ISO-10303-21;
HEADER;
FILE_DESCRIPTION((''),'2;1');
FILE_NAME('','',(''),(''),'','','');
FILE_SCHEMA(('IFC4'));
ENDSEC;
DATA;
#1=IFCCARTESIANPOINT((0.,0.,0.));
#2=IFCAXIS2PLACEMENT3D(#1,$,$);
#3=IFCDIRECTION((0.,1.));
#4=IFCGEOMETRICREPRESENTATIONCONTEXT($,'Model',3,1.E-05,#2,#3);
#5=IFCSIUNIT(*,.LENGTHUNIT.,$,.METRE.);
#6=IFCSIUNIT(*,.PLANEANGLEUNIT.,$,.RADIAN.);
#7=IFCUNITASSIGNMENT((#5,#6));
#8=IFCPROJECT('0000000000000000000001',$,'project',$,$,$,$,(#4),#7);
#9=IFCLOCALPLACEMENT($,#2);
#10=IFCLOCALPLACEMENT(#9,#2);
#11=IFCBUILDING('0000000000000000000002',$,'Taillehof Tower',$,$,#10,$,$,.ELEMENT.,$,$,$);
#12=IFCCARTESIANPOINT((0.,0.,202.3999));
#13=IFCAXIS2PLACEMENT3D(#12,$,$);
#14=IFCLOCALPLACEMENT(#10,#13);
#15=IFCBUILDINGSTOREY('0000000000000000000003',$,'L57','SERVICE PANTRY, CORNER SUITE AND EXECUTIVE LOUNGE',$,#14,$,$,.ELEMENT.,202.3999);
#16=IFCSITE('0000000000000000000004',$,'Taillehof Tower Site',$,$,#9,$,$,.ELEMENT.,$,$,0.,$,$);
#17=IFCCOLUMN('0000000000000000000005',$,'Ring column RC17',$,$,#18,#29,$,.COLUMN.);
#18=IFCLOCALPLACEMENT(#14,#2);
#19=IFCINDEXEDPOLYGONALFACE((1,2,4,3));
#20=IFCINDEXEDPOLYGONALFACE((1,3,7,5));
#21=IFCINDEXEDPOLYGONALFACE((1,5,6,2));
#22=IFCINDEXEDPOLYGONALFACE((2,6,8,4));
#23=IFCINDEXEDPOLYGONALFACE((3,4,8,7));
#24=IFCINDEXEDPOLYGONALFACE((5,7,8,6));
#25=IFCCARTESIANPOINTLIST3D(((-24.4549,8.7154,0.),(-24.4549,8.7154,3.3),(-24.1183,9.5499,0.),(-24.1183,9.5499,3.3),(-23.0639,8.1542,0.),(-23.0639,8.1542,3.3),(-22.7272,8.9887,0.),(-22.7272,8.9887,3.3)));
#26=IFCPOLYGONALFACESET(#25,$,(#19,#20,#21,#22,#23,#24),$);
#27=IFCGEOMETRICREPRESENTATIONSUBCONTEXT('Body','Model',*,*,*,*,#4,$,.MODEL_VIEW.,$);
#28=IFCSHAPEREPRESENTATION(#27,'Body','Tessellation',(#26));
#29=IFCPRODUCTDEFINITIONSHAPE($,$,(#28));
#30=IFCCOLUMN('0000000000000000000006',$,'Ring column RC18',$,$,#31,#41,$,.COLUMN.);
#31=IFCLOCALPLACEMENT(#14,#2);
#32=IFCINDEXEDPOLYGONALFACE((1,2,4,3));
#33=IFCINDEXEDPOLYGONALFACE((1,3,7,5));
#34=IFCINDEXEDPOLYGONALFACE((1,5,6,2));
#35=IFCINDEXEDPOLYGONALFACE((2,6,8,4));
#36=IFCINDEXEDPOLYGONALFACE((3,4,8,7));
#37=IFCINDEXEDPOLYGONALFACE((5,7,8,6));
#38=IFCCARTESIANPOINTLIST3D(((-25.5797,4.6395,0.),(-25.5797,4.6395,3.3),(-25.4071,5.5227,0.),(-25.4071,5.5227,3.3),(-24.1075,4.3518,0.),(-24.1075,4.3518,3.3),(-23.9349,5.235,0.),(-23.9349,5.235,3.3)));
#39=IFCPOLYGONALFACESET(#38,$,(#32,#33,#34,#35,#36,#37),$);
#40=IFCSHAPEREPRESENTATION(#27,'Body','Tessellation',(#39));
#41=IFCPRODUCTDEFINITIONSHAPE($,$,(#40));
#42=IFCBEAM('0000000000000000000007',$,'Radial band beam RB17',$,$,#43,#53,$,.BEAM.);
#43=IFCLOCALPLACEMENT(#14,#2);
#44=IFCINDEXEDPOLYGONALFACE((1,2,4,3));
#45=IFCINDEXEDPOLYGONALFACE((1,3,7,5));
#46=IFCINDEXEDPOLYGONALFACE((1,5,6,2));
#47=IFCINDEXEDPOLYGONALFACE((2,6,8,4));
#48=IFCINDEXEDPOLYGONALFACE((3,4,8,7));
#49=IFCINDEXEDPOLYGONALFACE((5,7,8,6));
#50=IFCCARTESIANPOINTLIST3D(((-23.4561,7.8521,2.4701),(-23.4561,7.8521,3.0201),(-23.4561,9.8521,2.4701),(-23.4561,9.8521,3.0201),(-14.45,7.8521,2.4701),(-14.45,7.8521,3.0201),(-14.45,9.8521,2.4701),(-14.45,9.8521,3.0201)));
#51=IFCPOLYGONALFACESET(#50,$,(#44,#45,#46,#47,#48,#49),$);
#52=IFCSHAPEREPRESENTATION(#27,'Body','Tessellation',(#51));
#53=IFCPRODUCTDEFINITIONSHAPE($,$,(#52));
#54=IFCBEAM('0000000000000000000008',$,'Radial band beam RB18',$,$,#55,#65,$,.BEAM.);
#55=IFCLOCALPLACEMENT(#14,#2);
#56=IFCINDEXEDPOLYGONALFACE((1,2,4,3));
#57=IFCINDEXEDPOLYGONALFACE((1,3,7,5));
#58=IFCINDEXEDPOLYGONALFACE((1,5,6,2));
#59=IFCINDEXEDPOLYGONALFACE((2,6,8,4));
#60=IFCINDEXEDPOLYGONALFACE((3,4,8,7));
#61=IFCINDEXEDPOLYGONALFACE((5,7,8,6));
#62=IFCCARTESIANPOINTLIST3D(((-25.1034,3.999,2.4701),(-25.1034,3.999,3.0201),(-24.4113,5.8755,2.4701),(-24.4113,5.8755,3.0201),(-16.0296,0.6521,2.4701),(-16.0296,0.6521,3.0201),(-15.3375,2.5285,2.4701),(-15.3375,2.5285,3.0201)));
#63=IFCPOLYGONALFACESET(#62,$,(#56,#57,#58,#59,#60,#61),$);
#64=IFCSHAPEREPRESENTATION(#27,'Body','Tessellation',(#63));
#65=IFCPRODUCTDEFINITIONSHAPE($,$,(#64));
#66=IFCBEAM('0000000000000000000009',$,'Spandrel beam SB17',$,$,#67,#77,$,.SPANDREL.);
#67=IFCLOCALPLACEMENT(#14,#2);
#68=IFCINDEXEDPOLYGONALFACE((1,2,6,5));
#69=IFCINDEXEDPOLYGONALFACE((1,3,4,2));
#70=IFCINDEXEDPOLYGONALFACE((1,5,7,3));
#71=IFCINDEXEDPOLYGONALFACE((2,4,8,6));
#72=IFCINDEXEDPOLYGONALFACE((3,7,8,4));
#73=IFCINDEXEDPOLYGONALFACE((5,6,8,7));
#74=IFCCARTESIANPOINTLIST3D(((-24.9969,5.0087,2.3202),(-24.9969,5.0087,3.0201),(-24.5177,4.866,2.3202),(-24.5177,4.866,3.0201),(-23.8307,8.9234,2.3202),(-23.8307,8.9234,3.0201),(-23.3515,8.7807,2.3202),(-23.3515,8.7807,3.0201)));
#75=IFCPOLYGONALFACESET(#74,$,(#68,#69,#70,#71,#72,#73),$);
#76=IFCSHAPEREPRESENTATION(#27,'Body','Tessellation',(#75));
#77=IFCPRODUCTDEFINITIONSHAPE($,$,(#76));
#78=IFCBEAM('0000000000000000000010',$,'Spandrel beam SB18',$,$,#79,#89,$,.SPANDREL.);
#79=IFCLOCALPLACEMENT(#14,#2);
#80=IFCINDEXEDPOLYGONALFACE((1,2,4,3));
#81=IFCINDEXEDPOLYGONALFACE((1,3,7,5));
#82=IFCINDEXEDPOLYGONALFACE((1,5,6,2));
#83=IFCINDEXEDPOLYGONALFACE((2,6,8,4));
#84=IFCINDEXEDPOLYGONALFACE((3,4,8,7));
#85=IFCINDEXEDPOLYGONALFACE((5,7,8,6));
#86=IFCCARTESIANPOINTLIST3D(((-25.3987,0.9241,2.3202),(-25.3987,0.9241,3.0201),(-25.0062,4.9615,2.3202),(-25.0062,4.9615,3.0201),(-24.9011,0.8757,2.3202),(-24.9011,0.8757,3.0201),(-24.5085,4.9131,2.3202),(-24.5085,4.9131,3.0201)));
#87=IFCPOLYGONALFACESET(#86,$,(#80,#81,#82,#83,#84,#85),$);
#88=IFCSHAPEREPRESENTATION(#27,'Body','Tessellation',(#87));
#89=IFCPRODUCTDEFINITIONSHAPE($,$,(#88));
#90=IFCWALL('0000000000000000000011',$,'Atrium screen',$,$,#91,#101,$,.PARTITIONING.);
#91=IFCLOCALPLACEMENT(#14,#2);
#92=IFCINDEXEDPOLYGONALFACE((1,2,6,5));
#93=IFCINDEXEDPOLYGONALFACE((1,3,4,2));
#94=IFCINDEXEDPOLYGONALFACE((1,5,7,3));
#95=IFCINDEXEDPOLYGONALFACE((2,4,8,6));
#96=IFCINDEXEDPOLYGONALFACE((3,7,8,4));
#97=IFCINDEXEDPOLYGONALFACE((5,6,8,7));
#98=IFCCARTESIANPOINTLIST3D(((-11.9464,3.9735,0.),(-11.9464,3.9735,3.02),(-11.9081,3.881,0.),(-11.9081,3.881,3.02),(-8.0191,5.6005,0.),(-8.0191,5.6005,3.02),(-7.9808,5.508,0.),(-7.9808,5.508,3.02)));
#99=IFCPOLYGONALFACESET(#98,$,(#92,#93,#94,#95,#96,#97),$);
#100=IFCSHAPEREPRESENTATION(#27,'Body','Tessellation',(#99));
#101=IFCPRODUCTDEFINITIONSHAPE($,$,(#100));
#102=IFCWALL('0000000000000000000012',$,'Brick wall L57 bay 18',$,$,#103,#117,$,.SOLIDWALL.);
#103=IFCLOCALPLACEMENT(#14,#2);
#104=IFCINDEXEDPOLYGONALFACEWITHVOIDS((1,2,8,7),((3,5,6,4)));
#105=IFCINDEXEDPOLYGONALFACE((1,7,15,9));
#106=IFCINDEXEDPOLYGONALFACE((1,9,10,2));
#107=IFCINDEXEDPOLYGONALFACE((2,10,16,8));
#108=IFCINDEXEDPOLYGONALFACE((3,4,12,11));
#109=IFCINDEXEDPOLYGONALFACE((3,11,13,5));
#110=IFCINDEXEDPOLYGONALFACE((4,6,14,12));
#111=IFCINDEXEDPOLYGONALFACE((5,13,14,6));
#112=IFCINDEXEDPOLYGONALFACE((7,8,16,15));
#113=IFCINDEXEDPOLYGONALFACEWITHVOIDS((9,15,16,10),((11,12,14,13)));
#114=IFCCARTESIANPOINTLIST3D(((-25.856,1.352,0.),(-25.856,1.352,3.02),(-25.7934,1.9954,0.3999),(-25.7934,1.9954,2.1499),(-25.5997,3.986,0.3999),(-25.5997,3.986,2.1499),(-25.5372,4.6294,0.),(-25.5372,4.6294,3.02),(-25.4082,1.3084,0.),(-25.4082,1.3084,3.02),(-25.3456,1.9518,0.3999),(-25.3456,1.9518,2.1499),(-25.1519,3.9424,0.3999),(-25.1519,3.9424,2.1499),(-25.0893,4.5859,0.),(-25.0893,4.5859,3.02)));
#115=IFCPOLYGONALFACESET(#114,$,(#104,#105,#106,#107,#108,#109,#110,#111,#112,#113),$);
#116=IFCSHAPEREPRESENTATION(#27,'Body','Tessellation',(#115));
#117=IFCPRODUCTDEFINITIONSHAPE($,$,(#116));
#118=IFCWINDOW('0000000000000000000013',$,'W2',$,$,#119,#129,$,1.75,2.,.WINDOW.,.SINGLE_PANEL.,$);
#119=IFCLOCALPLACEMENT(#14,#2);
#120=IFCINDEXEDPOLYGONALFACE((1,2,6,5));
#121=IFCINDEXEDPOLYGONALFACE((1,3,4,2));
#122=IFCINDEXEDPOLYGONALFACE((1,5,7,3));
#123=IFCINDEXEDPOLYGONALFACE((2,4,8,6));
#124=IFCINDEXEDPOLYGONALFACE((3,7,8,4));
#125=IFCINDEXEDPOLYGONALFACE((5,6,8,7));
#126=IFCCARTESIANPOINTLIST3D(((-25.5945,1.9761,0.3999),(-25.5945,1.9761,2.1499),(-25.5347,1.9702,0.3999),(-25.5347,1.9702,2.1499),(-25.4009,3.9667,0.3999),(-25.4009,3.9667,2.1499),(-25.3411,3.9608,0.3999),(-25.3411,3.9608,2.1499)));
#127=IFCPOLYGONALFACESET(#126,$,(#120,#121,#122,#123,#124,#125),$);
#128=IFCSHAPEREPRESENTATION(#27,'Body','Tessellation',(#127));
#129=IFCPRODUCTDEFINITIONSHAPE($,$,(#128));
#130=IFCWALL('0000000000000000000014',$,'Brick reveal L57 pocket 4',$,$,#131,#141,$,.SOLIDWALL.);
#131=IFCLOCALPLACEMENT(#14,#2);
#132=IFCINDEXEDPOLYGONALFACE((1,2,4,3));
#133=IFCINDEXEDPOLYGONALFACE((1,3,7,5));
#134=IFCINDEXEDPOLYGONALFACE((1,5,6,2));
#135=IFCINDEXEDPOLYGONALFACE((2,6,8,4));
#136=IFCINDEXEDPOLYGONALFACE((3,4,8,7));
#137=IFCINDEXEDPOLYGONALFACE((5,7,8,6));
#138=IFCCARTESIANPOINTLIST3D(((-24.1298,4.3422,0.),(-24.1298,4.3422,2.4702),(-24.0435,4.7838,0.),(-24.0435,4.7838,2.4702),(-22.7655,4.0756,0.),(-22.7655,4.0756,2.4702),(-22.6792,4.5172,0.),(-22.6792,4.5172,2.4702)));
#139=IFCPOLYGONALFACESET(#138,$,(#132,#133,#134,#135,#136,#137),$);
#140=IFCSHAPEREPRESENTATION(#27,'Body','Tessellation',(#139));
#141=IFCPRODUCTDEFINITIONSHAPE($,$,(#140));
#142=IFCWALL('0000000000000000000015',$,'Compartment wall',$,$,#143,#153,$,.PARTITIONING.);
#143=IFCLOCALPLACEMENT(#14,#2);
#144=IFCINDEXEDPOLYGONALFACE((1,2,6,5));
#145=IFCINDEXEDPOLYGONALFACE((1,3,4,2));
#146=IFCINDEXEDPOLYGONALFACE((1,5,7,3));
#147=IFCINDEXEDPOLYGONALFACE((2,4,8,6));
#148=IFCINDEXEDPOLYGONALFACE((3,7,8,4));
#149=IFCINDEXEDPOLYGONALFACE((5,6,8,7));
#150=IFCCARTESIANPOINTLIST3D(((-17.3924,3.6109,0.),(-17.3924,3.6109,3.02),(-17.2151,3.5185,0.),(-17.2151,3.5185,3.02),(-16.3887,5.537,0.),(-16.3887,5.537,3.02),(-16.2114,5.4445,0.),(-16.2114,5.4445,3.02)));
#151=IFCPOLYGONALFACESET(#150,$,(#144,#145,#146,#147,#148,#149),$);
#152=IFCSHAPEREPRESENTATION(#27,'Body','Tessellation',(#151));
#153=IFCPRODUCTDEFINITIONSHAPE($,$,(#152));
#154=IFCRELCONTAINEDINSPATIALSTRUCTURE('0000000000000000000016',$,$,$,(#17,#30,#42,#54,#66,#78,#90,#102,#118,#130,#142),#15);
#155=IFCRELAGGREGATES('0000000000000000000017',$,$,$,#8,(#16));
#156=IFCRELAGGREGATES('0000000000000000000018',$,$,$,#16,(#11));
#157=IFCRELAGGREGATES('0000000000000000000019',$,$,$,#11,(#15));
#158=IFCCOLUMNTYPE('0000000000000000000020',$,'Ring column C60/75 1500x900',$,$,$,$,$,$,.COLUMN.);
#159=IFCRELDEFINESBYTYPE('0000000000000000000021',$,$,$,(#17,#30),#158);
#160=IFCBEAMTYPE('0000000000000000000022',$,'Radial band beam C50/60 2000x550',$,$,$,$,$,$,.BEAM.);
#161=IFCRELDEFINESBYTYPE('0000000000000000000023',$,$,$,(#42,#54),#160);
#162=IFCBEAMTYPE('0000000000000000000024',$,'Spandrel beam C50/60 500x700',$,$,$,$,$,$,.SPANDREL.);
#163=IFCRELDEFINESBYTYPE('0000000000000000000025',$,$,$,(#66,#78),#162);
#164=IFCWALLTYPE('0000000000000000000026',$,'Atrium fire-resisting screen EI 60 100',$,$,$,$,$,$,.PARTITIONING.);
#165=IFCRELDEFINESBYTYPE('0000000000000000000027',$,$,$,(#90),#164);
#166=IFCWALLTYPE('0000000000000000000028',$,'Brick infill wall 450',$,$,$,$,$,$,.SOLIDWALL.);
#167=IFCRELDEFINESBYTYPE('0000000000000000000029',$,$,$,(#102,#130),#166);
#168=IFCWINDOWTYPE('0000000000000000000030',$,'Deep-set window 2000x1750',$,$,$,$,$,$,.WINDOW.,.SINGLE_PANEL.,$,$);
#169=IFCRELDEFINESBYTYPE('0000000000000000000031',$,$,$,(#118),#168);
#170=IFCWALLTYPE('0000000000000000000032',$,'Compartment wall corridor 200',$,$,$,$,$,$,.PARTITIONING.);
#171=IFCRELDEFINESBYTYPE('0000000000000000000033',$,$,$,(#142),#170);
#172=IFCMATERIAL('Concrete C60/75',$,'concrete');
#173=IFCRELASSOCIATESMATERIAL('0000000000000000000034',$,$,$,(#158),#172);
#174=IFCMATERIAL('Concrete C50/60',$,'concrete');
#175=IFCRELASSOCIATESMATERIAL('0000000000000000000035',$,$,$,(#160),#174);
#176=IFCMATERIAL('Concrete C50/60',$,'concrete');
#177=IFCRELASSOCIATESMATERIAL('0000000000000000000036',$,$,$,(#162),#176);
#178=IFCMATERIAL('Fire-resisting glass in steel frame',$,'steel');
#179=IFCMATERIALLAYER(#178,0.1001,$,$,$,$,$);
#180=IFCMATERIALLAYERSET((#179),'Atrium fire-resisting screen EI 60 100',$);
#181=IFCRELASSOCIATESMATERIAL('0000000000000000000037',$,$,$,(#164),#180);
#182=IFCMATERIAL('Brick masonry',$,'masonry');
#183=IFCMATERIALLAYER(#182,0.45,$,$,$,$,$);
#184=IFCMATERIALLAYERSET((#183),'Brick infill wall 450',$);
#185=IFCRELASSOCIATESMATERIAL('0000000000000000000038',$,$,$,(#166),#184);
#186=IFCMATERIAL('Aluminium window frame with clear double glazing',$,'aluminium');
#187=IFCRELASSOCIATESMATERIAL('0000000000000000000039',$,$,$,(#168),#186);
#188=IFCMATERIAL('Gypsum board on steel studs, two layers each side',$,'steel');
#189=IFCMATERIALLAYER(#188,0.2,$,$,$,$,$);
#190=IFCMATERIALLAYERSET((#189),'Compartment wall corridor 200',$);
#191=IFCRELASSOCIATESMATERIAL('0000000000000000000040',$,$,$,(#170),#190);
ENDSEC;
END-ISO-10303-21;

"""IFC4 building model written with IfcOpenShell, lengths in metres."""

from ifc_helpers import new_model, si_unit, direction, frame, frame_2d, origin, origin_2d, place, context, subcontext, project, spatial, rectangle, extrude, material, layer, layer_set, material_profile, profile_set, type_object, element, fill, save


model = new_model("IFC4")

# Units and contexts
model_context = context("Model", 3, precision=1e-05, world=origin(), true_north=direction((0.0, 1.0)))
body_context = subcontext(model_context, "Body", "Model", "MODEL_VIEW")
ifc_project = project(units=[si_unit("LENGTHUNIT", "METRE"), si_unit("PLANEANGLEUNIT", "RADIAN")], contexts=[model_context])

# Site, building, storey
site_placement = place(None, origin())
site = spatial("IfcSite", under=ifc_project, at=site_placement, Name="Taillehof Tower Site", CompositionType="ELEMENT", RefElevation=0.0)
building_placement = place(site_placement, origin())
building = spatial("IfcBuilding", under=site, at=building_placement, Name="Taillehof Tower", CompositionType="ELEMENT")
storey_placement = place(building_placement, frame((0.0, 0.0, 202.3999)))
storey = spatial("IfcBuildingStorey", under=building, at=storey_placement, Name="L57", Description="SERVICE PANTRY, CORNER SUITE AND EXECUTIVE LOUNGE", CompositionType="ELEMENT", Elevation=202.3999)

# Columns
ifc_material_1 = material(Name="Concrete C60/75", Category="concrete")
ifc_material_profile_1 = material_profile(ifc_material_1, rectangle(XDim=1.5, YDim=0.8999, at=origin_2d()), Name="RC 1500x900")
ifc_profile_set_1 = profile_set([ifc_material_profile_1], Name="Concrete C60/75")
column_type = type_object("IfcColumnType", Name="Ring column C60/75 1500x900", PredefinedType="COLUMN", material=ifc_profile_set_1)
for number, where, z_axis, x_axis, name in (
    (1, (-23.5911, 8.8521, 0.0), (0.0, 0.0, 1.0), (-0.927385, 0.374108, 0.0), "Ring column RC17"),
    (2, (-24.7573, 4.9373, 0.0), (0.0, 0.0, 1.0), (-0.981434, 0.191801, 0.0), "Ring column RC18"),
):
    element("IfcColumn", number, at=place(storey_placement, frame(where, z_axis=z_axis, x_axis=x_axis)), inside=storey, type_object=column_type, Name=name, PredefinedType="COLUMN", context=body_context, shape_type="SweptSolid", body=[
        extrude(rectangle(XDim=1.5, YDim=0.8999, at=origin_2d()), origin(), (0.0, 0.0, 1.0), 3.3),
    ])

# Beams
ifc_material_2 = material(Name="Concrete C50/60", Category="concrete")
ifc_material_profile_2 = material_profile(ifc_material_2, rectangle(XDim=2.0, YDim=0.55, at=origin_2d()), Name="RC 2000x550")
ifc_profile_set_2 = profile_set([ifc_material_profile_2], Name="Concrete C50/60")
beam_type_1 = type_object("IfcBeamType", Name="Radial band beam C50/60 2000x550", PredefinedType="BEAM", material=ifc_profile_set_2)
beam_1_placement = place(storey_placement, frame((-23.4561, 8.8521, 2.7451), z_axis=(1.0, 0.0, 0.0), x_axis=(0.0, 1.0, 0.0)))
element("IfcBeam", 3, at=beam_1_placement, inside=storey, type_object=beam_type_1, Name="Radial band beam RB17", PredefinedType="BEAM", context=body_context, shape_type="SweptSolid", body=[
    extrude(rectangle(XDim=2.0, YDim=0.55, at=origin_2d()), origin(), (0.0, 0.0, 1.0), 9.0061),
])
beam_2_placement = place(storey_placement, frame((-24.7573, 4.9373, 2.7451), z_axis=(0.93821, -0.346067, 0.0), x_axis=(0.346067, 0.93821, 0.0)))
element("IfcBeam", 4, at=beam_2_placement, inside=storey, type_object=beam_type_1, Name="Radial band beam RB18", PredefinedType="BEAM", context=body_context, shape_type="SweptSolid", body=[
    extrude(rectangle(XDim=2.0, YDim=0.55, at=origin_2d()), origin(), (0.0, 0.0, 1.0), 9.6714),
])
ifc_material_3 = material(Name="Concrete C50/60", Category="concrete")
ifc_material_profile_3 = material_profile(ifc_material_3, rectangle(XDim=0.5, YDim=0.7, at=origin_2d()), Name="RC 500x700")
ifc_profile_set_3 = profile_set([ifc_material_profile_3], Name="Concrete C50/60")
beam_type_2 = type_object("IfcBeamType", Name="Spandrel beam C50/60 500x700", PredefinedType="SPANDREL", material=ifc_profile_set_3)
beam_3_placement = place(storey_placement, frame((-23.5911, 8.8521, 2.6702), z_axis=(-0.28551, -0.958376, 0.0), x_axis=(0.958376, -0.28551, 0.0)))
element("IfcBeam", 5, at=beam_3_placement, inside=storey, type_object=beam_type_2, Name="Spandrel beam SB17", PredefinedType="SPANDREL", context=body_context, shape_type="SweptSolid", body=[
    extrude(rectangle(XDim=0.5, YDim=0.7, at=origin_2d()), origin(), (0.0, 0.0, 1.0), 4.0847),
])
beam_4_placement = place(storey_placement, frame((-24.7573, 4.9373, 2.6702), z_axis=(-0.09678, -0.995306, 0.0), x_axis=(0.995306, -0.09678, 0.0)))
element("IfcBeam", 6, at=beam_4_placement, inside=storey, type_object=beam_type_2, Name="Spandrel beam SB18", PredefinedType="SPANDREL", context=body_context, shape_type="SweptSolid", body=[
    extrude(rectangle(XDim=0.5, YDim=0.7, at=origin_2d()), origin(), (0.0, 0.0, 1.0), 4.0564),
])

# Wall
ifc_material_4 = material(Name="Fire-resisting glass in steel frame", Category="steel")
ifc_layer_1 = layer(ifc_material_4, 0.1001)
ifc_layer_set_1 = layer_set([ifc_layer_1], Name="Atrium fire-resisting screen EI 60 100")
wall_type_1 = type_object("IfcWallType", Name="Atrium fire-resisting screen EI 60 100", PredefinedType="PARTITIONING", material=ifc_layer_set_1)
wall_1_placement = place(storey_placement, frame((-11.9272, 3.9272, 0.0), z_axis=(0.0, 0.0, 1.0), x_axis=(0.92386, 0.382731, 0.0)))
element("IfcWall", 7, at=wall_1_placement, inside=storey, type_object=wall_type_1, Name="Atrium screen", PredefinedType="PARTITIONING", context=body_context, shape_type="SweptSolid", body=[
    extrude(rectangle(XDim=4.251, YDim=0.1001, at=frame_2d((2.1255, 0.0))), origin(), (0.0, 0.0, 1.0), 3.02),
])

# Wall, opening, window
ifc_material_5 = material(Name="Brick masonry", Category="masonry")
ifc_layer_2 = layer(ifc_material_5, 0.45)
ifc_layer_set_2 = layer_set([ifc_layer_2], Name="Brick infill wall 450")
wall_type_2 = type_object("IfcWallType", Name="Brick infill wall 450", PredefinedType="SOLIDWALL", material=ifc_layer_set_2)
wall_2_placement = place(storey_placement, frame((-25.3132, 4.6077, 0.0), z_axis=(0.0, 0.0, 1.0), x_axis=(-0.096824, -0.995302, 0.0)))
wall_2 = element("IfcWall", 8, at=wall_2_placement, inside=storey, type_object=wall_type_2, Name="Brick wall L57 bay 18", PredefinedType="SOLIDWALL", context=body_context, shape_type="SweptSolid", body=[
    extrude(rectangle(XDim=3.293, YDim=0.45, at=frame_2d((1.6465, 0.0))), origin(), (0.0, 0.0, 1.0), 3.02),
])
opening_1_placement = place(wall_2_placement, frame((0.6465, 0.0, 0.3999)))
opening_1 = element("IfcOpeningElement", 9, at=opening_1_placement, cuts=wall_2, PredefinedType="OPENING", context=body_context, shape_type="SweptSolid", body=[
    extrude(rectangle(XDim=2.0, YDim=1.75, at=frame_2d((1.0, 0.875))), frame((0.0, 0.2349, 0.0), z_axis=(0.0, -1.0, 0.0), x_axis=(1.0, 0.0, 0.0)), (0.0, 0.0, 1.0), 0.47),
])
ifc_material_6 = material(Name="Aluminium window frame with clear double glazing", Category="aluminium")
window_type_1 = type_object("IfcWindowType", Name="Deep-set window 2000x1750", PartitioningType="SINGLE_PANEL", PredefinedType="WINDOW", material=ifc_material_6)
window_1_placement = place(opening_1_placement, origin())
window_1 = element("IfcWindow", 10, at=window_1_placement, inside=storey, type_object=window_type_1, Name="W2", OverallHeight=1.75, OverallWidth=2.0, PartitioningType="SINGLE_PANEL", PredefinedType="WINDOW", context=body_context, shape_type="SweptSolid", body=[
    extrude(rectangle(XDim=2.0, YDim=1.75, at=frame_2d((1.0, 0.875))), frame((0.0, 0.0349, 0.0), z_axis=(0.0, -1.0, 0.0), x_axis=(1.0, 0.0, 0.0)), (0.0, 0.0, 1.0), 0.0601),
])
fill(opening_1, window_1)

# Wall
wall_3_placement = place(storey_placement, frame((-24.0867, 4.563, 0.0), z_axis=(0.0, 0.0, 1.0), x_axis=(0.981436, -0.191791, 0.0)))
element("IfcWall", 11, at=wall_3_placement, inside=storey, type_object=wall_type_2, Name="Brick reveal L57 pocket 4", PredefinedType="SOLIDWALL", context=body_context, shape_type="SweptSolid", body=[
    extrude(rectangle(XDim=1.3901, YDim=0.45, at=frame_2d((0.6951, 0.0))), origin(), (0.0, 0.0, 1.0), 2.4702),
])

# Wall
ifc_material_7 = material(Name="Gypsum board on steel studs, two layers each side", Category="steel")
ifc_layer_3 = layer(ifc_material_7, 0.2)
ifc_layer_set_3 = layer_set([ifc_layer_3], Name="Compartment wall corridor 200")
wall_type_3 = type_object("IfcWallType", Name="Compartment wall corridor 200", PredefinedType="PARTITIONING", material=ifc_layer_set_3)
wall_4_placement = place(storey_placement, frame((-17.3037, 3.5647, 0.0), z_axis=(0.0, 0.0, 1.0), x_axis=(0.462124, 0.886815, 0.0)))
element("IfcWall", 12, at=wall_4_placement, inside=storey, type_object=wall_type_3, Name="Compartment wall", PredefinedType="PARTITIONING", context=body_context, shape_type="SweptSolid", body=[
    extrude(rectangle(XDim=2.1719, YDim=0.2, at=frame_2d((1.0859, 0.0))), origin(), (0.0, 0.0, 1.0), 3.02),
])

save(model, "model.ifc")
